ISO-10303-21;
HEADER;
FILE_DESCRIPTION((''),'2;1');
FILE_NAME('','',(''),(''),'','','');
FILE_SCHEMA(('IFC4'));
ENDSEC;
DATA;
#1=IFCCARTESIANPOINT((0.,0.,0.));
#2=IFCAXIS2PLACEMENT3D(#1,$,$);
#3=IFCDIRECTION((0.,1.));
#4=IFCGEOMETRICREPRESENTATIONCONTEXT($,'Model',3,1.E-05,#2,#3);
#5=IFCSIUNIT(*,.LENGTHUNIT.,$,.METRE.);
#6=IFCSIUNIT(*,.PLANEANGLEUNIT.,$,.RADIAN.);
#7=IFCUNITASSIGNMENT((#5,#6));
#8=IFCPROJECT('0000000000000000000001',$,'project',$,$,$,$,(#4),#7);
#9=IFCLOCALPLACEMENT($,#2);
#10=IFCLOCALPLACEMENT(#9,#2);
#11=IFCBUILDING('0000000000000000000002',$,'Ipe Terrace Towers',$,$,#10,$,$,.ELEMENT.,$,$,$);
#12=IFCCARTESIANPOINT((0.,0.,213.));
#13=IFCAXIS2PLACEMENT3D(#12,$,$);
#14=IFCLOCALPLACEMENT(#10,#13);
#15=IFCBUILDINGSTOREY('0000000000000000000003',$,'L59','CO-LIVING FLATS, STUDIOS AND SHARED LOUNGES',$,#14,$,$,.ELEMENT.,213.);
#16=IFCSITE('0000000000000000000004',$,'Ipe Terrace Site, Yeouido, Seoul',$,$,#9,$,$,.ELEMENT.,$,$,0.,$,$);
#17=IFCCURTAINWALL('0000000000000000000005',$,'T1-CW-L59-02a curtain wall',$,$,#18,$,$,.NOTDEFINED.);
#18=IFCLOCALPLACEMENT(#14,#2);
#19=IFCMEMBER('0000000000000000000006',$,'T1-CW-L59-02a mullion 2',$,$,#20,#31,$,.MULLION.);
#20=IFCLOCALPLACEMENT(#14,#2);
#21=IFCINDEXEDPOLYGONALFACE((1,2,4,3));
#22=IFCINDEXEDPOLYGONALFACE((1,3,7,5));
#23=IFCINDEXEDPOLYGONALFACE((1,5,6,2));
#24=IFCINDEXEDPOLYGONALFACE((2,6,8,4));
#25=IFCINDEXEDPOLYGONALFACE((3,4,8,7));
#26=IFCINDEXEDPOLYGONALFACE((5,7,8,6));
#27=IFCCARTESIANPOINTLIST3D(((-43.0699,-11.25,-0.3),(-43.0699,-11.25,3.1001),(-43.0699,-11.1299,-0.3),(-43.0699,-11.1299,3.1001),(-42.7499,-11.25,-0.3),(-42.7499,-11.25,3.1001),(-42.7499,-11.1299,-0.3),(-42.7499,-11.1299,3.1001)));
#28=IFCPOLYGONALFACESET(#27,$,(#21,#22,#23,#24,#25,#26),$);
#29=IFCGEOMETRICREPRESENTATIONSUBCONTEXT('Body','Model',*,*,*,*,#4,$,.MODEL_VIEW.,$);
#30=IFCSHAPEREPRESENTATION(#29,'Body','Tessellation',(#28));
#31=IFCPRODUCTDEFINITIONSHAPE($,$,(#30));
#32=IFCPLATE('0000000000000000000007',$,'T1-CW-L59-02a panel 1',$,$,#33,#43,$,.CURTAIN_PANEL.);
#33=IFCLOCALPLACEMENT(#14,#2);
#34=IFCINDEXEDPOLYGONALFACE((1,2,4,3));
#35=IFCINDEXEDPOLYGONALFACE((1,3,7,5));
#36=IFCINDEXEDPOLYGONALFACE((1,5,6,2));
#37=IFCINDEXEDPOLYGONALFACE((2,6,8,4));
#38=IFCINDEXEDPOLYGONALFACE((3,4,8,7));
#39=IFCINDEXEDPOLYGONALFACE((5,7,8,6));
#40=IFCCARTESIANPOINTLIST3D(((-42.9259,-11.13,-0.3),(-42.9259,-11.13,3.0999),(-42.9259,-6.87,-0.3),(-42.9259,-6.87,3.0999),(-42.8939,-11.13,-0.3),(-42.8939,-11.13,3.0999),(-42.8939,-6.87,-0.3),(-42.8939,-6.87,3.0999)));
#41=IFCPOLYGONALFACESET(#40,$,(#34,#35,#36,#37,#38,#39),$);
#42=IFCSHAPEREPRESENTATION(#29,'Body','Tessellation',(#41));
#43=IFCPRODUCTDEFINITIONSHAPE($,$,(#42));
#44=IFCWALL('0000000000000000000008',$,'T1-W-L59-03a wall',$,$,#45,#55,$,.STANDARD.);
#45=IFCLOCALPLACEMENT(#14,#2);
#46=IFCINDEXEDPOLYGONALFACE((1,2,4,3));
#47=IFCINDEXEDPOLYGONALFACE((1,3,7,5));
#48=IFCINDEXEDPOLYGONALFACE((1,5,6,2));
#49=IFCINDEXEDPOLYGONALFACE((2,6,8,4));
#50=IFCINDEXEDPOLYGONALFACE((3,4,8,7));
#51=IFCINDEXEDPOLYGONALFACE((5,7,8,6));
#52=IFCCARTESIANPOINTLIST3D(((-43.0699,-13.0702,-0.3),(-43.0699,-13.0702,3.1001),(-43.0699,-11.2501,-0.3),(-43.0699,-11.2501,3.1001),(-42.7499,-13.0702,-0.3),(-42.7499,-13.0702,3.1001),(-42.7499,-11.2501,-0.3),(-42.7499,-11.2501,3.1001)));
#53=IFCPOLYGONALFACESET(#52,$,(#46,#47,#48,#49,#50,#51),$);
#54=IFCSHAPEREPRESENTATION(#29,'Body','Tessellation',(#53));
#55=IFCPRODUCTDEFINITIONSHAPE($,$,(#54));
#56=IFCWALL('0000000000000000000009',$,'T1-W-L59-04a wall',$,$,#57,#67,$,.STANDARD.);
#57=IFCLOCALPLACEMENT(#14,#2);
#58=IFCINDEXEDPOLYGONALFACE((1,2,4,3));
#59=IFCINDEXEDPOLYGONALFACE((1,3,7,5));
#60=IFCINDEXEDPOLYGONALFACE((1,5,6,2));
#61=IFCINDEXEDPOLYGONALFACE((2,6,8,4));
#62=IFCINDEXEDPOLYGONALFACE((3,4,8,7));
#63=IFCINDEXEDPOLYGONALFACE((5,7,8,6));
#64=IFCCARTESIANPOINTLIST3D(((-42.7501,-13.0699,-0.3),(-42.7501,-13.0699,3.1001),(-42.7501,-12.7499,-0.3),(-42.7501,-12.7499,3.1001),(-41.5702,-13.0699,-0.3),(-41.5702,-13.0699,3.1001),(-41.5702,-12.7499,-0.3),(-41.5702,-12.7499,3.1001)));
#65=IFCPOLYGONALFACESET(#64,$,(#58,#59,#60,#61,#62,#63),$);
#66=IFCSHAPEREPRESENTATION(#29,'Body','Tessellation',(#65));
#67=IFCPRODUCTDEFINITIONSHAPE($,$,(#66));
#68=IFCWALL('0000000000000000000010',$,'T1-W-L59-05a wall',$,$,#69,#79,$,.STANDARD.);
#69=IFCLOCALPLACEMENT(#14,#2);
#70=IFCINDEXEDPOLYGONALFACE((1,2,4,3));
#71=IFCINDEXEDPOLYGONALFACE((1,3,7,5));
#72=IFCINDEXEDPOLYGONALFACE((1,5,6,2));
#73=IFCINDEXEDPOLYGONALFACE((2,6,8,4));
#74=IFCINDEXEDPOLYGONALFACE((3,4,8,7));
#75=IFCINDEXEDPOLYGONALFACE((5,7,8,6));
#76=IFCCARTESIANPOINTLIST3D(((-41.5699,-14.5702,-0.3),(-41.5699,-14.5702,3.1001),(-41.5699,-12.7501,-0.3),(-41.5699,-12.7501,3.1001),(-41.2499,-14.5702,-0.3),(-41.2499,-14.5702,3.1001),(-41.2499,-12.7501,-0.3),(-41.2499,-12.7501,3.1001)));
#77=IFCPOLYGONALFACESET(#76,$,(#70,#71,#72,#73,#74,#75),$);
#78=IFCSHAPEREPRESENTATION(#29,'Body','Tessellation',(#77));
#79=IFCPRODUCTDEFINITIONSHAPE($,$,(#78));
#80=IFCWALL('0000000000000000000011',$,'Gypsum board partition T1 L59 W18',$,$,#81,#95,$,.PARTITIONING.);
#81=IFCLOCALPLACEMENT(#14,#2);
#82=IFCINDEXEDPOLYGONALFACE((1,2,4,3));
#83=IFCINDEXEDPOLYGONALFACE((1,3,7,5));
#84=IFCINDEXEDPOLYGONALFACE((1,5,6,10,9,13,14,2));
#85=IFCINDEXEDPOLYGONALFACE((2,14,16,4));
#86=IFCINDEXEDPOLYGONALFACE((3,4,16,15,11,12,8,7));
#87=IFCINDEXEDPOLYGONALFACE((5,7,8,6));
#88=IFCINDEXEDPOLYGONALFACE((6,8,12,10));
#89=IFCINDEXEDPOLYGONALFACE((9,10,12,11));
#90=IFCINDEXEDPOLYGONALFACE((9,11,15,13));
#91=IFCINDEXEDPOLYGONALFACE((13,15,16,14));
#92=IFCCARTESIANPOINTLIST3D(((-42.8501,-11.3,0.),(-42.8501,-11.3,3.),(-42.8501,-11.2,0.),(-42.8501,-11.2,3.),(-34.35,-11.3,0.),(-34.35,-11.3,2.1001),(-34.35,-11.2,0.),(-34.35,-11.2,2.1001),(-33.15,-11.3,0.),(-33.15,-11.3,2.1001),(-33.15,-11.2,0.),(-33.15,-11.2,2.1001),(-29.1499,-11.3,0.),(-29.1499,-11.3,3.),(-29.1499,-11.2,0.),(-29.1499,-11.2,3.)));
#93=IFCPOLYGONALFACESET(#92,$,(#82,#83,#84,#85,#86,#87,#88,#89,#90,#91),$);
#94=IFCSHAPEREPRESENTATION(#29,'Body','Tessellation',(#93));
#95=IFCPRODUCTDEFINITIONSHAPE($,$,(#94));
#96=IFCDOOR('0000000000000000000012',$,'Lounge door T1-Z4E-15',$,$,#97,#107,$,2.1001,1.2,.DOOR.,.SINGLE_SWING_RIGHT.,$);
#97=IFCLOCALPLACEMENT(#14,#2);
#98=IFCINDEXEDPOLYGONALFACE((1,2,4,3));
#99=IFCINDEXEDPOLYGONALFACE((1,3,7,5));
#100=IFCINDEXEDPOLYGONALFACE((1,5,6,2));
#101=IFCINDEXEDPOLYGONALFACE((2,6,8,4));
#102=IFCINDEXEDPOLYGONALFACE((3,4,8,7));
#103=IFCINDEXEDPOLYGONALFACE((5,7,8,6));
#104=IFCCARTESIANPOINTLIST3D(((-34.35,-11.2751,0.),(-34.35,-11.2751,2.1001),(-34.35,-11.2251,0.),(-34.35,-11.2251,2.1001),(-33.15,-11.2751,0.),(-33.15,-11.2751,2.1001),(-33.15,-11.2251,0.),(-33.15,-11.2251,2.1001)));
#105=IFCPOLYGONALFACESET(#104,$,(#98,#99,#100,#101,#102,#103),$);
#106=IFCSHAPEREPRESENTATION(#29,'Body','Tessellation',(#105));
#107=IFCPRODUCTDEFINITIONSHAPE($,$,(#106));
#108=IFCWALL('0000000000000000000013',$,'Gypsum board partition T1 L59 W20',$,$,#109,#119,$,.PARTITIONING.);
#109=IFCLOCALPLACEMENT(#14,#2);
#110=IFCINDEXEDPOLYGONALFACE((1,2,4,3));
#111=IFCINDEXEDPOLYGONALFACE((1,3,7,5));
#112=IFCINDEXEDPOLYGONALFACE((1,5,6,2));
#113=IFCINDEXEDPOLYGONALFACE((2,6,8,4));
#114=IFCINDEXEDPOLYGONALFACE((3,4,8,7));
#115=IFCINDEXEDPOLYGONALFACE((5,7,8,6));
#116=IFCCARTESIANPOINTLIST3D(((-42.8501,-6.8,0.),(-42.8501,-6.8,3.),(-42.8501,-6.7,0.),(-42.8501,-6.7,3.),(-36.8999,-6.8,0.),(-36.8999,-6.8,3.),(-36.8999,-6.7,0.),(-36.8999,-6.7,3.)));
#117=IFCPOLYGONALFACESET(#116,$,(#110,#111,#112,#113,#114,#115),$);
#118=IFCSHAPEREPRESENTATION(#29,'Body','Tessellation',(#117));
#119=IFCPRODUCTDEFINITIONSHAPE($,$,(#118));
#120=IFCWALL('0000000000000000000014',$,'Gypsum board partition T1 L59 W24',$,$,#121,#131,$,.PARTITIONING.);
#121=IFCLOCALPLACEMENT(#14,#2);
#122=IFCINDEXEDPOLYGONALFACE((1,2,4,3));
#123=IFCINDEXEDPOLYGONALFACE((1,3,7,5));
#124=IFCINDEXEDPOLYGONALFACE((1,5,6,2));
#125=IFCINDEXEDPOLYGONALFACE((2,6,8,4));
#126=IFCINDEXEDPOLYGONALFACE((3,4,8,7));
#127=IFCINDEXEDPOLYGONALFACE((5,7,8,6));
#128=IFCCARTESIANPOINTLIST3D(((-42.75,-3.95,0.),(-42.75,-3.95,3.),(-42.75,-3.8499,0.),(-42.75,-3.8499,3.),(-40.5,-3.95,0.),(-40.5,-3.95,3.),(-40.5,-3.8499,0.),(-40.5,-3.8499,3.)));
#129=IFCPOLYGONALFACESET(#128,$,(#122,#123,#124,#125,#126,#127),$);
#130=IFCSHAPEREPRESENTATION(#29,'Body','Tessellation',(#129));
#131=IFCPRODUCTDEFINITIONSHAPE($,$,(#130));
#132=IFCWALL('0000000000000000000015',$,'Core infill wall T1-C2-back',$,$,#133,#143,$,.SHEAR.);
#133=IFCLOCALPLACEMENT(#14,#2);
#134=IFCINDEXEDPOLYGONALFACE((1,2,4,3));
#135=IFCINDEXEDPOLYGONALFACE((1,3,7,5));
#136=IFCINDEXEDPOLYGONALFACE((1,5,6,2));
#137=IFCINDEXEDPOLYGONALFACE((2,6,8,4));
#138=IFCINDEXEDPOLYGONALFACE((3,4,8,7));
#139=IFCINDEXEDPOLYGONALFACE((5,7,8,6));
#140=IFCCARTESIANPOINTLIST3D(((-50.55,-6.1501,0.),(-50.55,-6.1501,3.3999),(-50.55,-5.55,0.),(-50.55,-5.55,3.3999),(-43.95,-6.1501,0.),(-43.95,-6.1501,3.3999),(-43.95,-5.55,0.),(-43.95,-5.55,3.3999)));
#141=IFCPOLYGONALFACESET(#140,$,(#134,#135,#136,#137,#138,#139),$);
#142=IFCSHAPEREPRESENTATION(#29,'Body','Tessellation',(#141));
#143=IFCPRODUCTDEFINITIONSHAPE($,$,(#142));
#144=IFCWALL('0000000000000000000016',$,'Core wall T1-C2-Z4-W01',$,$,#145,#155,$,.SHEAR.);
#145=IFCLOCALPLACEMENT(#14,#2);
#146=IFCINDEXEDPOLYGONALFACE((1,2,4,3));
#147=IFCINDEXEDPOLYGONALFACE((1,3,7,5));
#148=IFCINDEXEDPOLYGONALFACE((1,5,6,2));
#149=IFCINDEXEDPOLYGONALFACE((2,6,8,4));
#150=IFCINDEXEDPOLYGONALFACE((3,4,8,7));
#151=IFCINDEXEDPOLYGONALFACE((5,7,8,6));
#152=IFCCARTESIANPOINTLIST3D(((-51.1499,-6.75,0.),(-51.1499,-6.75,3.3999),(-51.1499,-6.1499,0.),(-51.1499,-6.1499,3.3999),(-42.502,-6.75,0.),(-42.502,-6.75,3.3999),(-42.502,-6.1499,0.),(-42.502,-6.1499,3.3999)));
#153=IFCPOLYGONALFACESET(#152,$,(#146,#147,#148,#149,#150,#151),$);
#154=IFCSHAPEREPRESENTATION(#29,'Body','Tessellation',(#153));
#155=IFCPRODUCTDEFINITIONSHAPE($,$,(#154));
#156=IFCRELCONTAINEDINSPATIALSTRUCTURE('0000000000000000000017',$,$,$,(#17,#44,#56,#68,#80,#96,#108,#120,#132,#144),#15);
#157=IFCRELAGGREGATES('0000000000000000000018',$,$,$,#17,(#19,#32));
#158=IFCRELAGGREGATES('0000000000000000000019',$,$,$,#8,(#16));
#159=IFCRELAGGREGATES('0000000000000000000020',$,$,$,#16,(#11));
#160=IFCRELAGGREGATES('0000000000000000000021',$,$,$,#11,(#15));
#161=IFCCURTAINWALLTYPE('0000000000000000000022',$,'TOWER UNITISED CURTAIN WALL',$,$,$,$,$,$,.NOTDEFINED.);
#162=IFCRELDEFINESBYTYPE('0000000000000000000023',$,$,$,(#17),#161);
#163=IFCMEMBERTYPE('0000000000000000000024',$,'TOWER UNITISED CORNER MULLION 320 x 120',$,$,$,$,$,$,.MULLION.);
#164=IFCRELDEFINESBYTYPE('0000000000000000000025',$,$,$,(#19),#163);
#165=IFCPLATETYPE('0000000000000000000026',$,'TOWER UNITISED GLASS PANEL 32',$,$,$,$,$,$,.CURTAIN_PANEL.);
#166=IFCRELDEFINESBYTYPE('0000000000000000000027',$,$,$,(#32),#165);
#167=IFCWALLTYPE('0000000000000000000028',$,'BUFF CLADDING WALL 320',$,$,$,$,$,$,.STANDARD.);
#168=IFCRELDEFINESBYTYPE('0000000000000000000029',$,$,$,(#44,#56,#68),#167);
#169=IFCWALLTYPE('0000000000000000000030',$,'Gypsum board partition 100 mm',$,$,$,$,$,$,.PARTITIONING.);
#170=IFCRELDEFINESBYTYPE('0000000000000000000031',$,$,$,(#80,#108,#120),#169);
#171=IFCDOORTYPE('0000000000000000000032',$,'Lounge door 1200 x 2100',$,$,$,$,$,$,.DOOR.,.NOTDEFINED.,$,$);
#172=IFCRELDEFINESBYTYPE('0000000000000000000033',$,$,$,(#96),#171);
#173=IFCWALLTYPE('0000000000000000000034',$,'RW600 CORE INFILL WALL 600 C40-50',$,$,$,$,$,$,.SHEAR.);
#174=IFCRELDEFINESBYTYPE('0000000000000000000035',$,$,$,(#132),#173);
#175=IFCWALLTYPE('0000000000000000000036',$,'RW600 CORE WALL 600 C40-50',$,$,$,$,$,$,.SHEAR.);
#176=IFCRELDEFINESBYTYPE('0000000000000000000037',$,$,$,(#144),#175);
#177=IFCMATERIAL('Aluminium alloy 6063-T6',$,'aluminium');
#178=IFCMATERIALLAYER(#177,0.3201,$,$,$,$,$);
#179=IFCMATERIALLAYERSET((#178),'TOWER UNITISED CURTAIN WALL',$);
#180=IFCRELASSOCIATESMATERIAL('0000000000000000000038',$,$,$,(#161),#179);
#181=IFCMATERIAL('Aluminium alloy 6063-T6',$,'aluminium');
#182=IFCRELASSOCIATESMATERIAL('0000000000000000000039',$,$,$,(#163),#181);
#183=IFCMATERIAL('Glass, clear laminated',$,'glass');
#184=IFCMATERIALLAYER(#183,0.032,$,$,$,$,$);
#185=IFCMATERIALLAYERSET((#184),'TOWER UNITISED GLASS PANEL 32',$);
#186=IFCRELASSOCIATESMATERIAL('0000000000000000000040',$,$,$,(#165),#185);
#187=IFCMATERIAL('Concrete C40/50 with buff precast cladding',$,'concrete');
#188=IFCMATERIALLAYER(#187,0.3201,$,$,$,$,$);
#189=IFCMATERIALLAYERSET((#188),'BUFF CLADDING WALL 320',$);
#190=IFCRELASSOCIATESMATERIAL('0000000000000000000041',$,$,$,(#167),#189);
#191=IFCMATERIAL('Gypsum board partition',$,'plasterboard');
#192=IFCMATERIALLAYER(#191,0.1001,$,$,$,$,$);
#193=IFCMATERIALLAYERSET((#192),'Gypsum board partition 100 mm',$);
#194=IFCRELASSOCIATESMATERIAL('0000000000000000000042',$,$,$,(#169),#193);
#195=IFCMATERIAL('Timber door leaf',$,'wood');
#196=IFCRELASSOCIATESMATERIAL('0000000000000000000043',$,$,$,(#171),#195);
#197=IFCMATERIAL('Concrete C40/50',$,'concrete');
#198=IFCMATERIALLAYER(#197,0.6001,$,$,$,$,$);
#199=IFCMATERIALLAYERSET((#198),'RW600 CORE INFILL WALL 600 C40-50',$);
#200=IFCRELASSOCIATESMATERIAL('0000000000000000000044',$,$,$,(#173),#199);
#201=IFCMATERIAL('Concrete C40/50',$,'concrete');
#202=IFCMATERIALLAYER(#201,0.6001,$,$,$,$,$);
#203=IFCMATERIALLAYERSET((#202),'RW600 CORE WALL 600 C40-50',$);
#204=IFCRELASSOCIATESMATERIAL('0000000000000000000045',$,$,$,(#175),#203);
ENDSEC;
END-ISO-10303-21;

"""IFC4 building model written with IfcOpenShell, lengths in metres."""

from ifc_helpers import new_model, si_unit, direction, frame, frame_2d, origin, origin_2d, place, context, subcontext, project, spatial, rectangle, extrude, material, layer, layer_set, material_profile, profile_set, type_object, element, fill, aggregate, save


model = new_model("IFC4")

# Units and contexts
model_context = context("Model", 3, precision=1e-05, world=origin(), true_north=direction((0.0, 1.0)))
body_context = subcontext(model_context, "Body", "Model", "MODEL_VIEW")
ifc_project = project(units=[si_unit("LENGTHUNIT", "METRE"), si_unit("PLANEANGLEUNIT", "RADIAN")], contexts=[model_context])

# Site, building, storey
site_placement = place(None, origin())
site = spatial("IfcSite", under=ifc_project, at=site_placement, Name="Ipe Terrace Site, Yeouido, Seoul", CompositionType="ELEMENT", RefElevation=0.0)
building_placement = place(site_placement, origin())
building = spatial("IfcBuilding", under=site, at=building_placement, Name="Ipe Terrace Towers", CompositionType="ELEMENT")
storey_placement = place(building_placement, frame((0.0, 0.0, 213.0)))
storey = spatial("IfcBuildingStorey", under=building, at=storey_placement, Name="L59", Description="CO-LIVING FLATS, STUDIOS AND SHARED LOUNGES", CompositionType="ELEMENT", Elevation=213.0)

# Curtain wall, member, plate
ifc_material_1 = material(Name="Aluminium alloy 6063-T6", Category="aluminium")
ifc_layer_1 = layer(ifc_material_1, 0.3201)
ifc_layer_set_1 = layer_set([ifc_layer_1], Name="TOWER UNITISED CURTAIN WALL")
curtain_wall_type = type_object("IfcCurtainWallType", Name="TOWER UNITISED CURTAIN WALL", PredefinedType="NOTDEFINED", material=ifc_layer_set_1)
curtain_wall_placement = place(storey_placement, origin())
curtain_wall = element("IfcCurtainWall", 1, at=curtain_wall_placement, inside=storey, type_object=curtain_wall_type, Name="T1-CW-L59-02a curtain wall", PredefinedType="NOTDEFINED")
ifc_material_2 = material(Name="Aluminium alloy 6063-T6", Category="aluminium")
ifc_material_profile_1 = material_profile(ifc_material_2, rectangle(XDim=0.3201, YDim=0.1201, at=origin_2d()), Name="TOWER UNITISED CORNER MULLION 320 x 120")
ifc_profile_set_1 = profile_set([ifc_material_profile_1], Name="Aluminium alloy 6063-T6")
member_type = type_object("IfcMemberType", Name="TOWER UNITISED CORNER MULLION 320 x 120", PredefinedType="MULLION", material=ifc_profile_set_1)
member_1_placement = place(storey_placement, frame((-42.9099, -11.1899, -0.3), z_axis=(0.0, 0.0, 1.0), x_axis=(-1.0, 0.0, 0.0)))
member_1 = element("IfcMember", 2, at=member_1_placement, type_object=member_type, Name="T1-CW-L59-02a mullion 2", PredefinedType="MULLION", context=body_context, shape_type="SweptSolid", body=[
    extrude(rectangle(XDim=0.3201, YDim=0.1201, at=origin_2d()), origin(), (0.0, 0.0, 1.0), 3.4001),
])
ifc_material_3 = material(Name="Glass, clear laminated", Category="glass")
ifc_layer_2 = layer(ifc_material_3, 0.032)
ifc_layer_set_2 = layer_set([ifc_layer_2], Name="TOWER UNITISED GLASS PANEL 32")
plate_type = type_object("IfcPlateType", Name="TOWER UNITISED GLASS PANEL 32", PredefinedType="CURTAIN_PANEL", material=ifc_layer_set_2)
plate_placement = place(storey_placement, frame((-42.9099, -9.0, -0.3), z_axis=(0.0, 0.0, 1.0), x_axis=(0.0, -1.0, 0.0)))
plate = element("IfcPlate", 3, at=plate_placement, type_object=plate_type, Name="T1-CW-L59-02a panel 1", PredefinedType="CURTAIN_PANEL", context=body_context, shape_type="SweptSolid", body=[
    extrude(rectangle(XDim=4.26, YDim=0.032, at=origin_2d()), origin(), (0.0, 0.0, 1.0), 3.3999),
])
aggregate(curtain_wall, [member_1, plate])

# Walls
ifc_material_4 = material(Name="Concrete C40/50 with buff precast cladding", Category="concrete")
ifc_layer_3 = layer(ifc_material_4, 0.3201)
ifc_layer_set_3 = layer_set([ifc_layer_3], Name="BUFF CLADDING WALL 320")
wall_type_1 = type_object("IfcWallType", Name="BUFF CLADDING WALL 320", PredefinedType="STANDARD", material=ifc_layer_set_3)
wall_1_placement = place(storey_placement, frame((-42.9099, -11.25, -0.3), z_axis=(0.0, 0.0, 1.0), x_axis=(0.0, -1.0, 0.0)))
element("IfcWall", 4, at=wall_1_placement, inside=storey, type_object=wall_type_1, Name="T1-W-L59-03a wall", PredefinedType="STANDARD", context=body_context, shape_type="SweptSolid", body=[
    extrude(rectangle(XDim=1.8201, YDim=0.3201, at=frame_2d((0.9102, 0.0))), origin(), (0.0, 0.0, 1.0), 3.4001),
])
wall_2_placement = place(storey_placement, frame((-42.75, -12.9099, -0.3), z_axis=(0.0, 0.0, 1.0), x_axis=(1.0, 0.0, 0.0)))
element("IfcWall", 5, at=wall_2_placement, inside=storey, type_object=wall_type_1, Name="T1-W-L59-04a wall", PredefinedType="STANDARD", context=body_context, shape_type="SweptSolid", body=[
    extrude(rectangle(XDim=1.1799, YDim=0.3201, at=frame_2d((0.5898, 0.0))), origin(), (0.0, 0.0, 1.0), 3.4001),
])
wall_3_placement = place(storey_placement, frame((-41.4099, -12.75, -0.3), z_axis=(0.0, 0.0, 1.0), x_axis=(0.0, -1.0, 0.0)))
element("IfcWall", 6, at=wall_3_placement, inside=storey, type_object=wall_type_1, Name="T1-W-L59-05a wall", PredefinedType="STANDARD", context=body_context, shape_type="SweptSolid", body=[
    extrude(rectangle(XDim=1.8201, YDim=0.3201, at=frame_2d((0.9102, 0.0))), origin(), (0.0, 0.0, 1.0), 3.4001),
])

# Wall, opening, door
ifc_material_5 = material(Name="Gypsum board partition", Category="plasterboard")
ifc_layer_4 = layer(ifc_material_5, 0.1001)
ifc_layer_set_4 = layer_set([ifc_layer_4], Name="Gypsum board partition 100 mm")
wall_type_2 = type_object("IfcWallType", Name="Gypsum board partition 100 mm", PredefinedType="PARTITIONING", material=ifc_layer_set_4)
wall_4_placement = place(storey_placement, frame((-42.8501, -11.25, 0.0), z_axis=(0.0, 0.0, 1.0), x_axis=(1.0, 0.0, 0.0)))
wall_4 = element("IfcWall", 7, at=wall_4_placement, inside=storey, type_object=wall_type_2, Name="Gypsum board partition T1 L59 W18", PredefinedType="PARTITIONING", context=body_context, shape_type="SweptSolid", body=[
    extrude(rectangle(XDim=13.7002, YDim=0.1001, at=frame_2d((6.8501, 0.0))), origin(), (0.0, 0.0, 1.0), 3.0),
])
opening_1_placement = place(wall_4_placement, frame((8.5, 0.0, 0.0)))
opening_1 = element("IfcOpeningElement", 8, at=opening_1_placement, cuts=wall_4, PredefinedType="OPENING", context=body_context, shape_type="SweptSolid", body=[
    extrude(rectangle(XDim=1.2, YDim=2.1001, at=frame_2d((0.6001, 1.05))), frame((0.0, 0.0601, 0.0), z_axis=(0.0, -1.0, 0.0), x_axis=(1.0, 0.0, 0.0)), (0.0, 0.0, 1.0), 0.1201),
])
ifc_material_6 = material(Name="Timber door leaf", Category="wood")
door_type_1 = type_object("IfcDoorType", Name="Lounge door 1200 x 2100", OperationType="NOTDEFINED", PredefinedType="DOOR", material=ifc_material_6)
door_1_placement = place(opening_1_placement, origin())
door_1 = element("IfcDoor", 9, at=door_1_placement, inside=storey, type_object=door_type_1, Name="Lounge door T1-Z4E-15", OperationType="SINGLE_SWING_RIGHT", OverallHeight=2.1001, OverallWidth=1.2, PredefinedType="DOOR", context=body_context, shape_type="SweptSolid", body=[
    extrude(rectangle(XDim=1.2, YDim=2.1001, at=frame_2d((0.6001, 1.05))), frame((0.0, 0.0249, 0.0), z_axis=(0.0, -1.0, 0.0), x_axis=(1.0, 0.0, 0.0)), (0.0, 0.0, 1.0), 0.05),
])
fill(opening_1, door_1)

# Walls
wall_5_placement = place(storey_placement, frame((-42.8501, -6.75, 0.0), z_axis=(0.0, 0.0, 1.0), x_axis=(1.0, 0.0, 0.0)))
element("IfcWall", 10, at=wall_5_placement, inside=storey, type_object=wall_type_2, Name="Gypsum board partition T1 L59 W20", PredefinedType="PARTITIONING", context=body_context, shape_type="SweptSolid", body=[
    extrude(rectangle(XDim=5.9502, YDim=0.1001, at=frame_2d((2.9751, 0.0))), origin(), (0.0, 0.0, 1.0), 3.0),
])
wall_6_placement = place(storey_placement, frame((-42.75, -3.8999, 0.0), z_axis=(0.0, 0.0, 1.0), x_axis=(1.0, 0.0, 0.0)))
element("IfcWall", 11, at=wall_6_placement, inside=storey, type_object=wall_type_2, Name="Gypsum board partition T1 L59 W24", PredefinedType="PARTITIONING", context=body_context, shape_type="SweptSolid", body=[
    extrude(rectangle(XDim=2.25, YDim=0.1001, at=frame_2d((1.125, 0.0))), origin(), (0.0, 0.0, 1.0), 3.0),
])
ifc_material_7 = material(Name="Concrete C40/50", Category="concrete")
ifc_layer_5 = layer(ifc_material_7, 0.6001)
ifc_layer_set_5 = layer_set([ifc_layer_5], Name="RW600 CORE INFILL WALL 600 C40-50")
wall_type_3 = type_object("IfcWallType", Name="RW600 CORE INFILL WALL 600 C40-50", PredefinedType="SHEAR", material=ifc_layer_set_5)
wall_7_placement = place(storey_placement, frame((-43.95, -5.8501, 0.0), z_axis=(0.0, 0.0, 1.0), x_axis=(-1.0, 0.0, 0.0)))
element("IfcWall", 12, at=wall_7_placement, inside=storey, type_object=wall_type_3, Name="Core infill wall T1-C2-back", PredefinedType="SHEAR", context=body_context, shape_type="SweptSolid", body=[
    extrude(rectangle(XDim=6.6001, YDim=0.6001, at=frame_2d((3.3, 0.0))), origin(), (0.0, 0.0, 1.0), 3.3999),
])
ifc_material_8 = material(Name="Concrete C40/50", Category="concrete")
ifc_layer_6 = layer(ifc_material_8, 0.6001)
ifc_layer_set_6 = layer_set([ifc_layer_6], Name="RW600 CORE WALL 600 C40-50")
wall_type_4 = type_object("IfcWallType", Name="RW600 CORE WALL 600 C40-50", PredefinedType="SHEAR", material=ifc_layer_set_6)
wall_8_placement = place(storey_placement, frame((-51.1499, -6.45, 0.0), z_axis=(0.0, 0.0, 1.0), x_axis=(1.0, 0.0, 0.0)))
element("IfcWall", 13, at=wall_8_placement, inside=storey, type_object=wall_type_4, Name="Core wall T1-C2-Z4-W01", PredefinedType="SHEAR", context=body_context, shape_type="SweptSolid", body=[
    extrude(rectangle(XDim=8.6479, YDim=0.6001, at=frame_2d((4.324, 0.0))), origin(), (0.0, 0.0, 1.0), 3.3999),
])

save(model, "model.ifc")
